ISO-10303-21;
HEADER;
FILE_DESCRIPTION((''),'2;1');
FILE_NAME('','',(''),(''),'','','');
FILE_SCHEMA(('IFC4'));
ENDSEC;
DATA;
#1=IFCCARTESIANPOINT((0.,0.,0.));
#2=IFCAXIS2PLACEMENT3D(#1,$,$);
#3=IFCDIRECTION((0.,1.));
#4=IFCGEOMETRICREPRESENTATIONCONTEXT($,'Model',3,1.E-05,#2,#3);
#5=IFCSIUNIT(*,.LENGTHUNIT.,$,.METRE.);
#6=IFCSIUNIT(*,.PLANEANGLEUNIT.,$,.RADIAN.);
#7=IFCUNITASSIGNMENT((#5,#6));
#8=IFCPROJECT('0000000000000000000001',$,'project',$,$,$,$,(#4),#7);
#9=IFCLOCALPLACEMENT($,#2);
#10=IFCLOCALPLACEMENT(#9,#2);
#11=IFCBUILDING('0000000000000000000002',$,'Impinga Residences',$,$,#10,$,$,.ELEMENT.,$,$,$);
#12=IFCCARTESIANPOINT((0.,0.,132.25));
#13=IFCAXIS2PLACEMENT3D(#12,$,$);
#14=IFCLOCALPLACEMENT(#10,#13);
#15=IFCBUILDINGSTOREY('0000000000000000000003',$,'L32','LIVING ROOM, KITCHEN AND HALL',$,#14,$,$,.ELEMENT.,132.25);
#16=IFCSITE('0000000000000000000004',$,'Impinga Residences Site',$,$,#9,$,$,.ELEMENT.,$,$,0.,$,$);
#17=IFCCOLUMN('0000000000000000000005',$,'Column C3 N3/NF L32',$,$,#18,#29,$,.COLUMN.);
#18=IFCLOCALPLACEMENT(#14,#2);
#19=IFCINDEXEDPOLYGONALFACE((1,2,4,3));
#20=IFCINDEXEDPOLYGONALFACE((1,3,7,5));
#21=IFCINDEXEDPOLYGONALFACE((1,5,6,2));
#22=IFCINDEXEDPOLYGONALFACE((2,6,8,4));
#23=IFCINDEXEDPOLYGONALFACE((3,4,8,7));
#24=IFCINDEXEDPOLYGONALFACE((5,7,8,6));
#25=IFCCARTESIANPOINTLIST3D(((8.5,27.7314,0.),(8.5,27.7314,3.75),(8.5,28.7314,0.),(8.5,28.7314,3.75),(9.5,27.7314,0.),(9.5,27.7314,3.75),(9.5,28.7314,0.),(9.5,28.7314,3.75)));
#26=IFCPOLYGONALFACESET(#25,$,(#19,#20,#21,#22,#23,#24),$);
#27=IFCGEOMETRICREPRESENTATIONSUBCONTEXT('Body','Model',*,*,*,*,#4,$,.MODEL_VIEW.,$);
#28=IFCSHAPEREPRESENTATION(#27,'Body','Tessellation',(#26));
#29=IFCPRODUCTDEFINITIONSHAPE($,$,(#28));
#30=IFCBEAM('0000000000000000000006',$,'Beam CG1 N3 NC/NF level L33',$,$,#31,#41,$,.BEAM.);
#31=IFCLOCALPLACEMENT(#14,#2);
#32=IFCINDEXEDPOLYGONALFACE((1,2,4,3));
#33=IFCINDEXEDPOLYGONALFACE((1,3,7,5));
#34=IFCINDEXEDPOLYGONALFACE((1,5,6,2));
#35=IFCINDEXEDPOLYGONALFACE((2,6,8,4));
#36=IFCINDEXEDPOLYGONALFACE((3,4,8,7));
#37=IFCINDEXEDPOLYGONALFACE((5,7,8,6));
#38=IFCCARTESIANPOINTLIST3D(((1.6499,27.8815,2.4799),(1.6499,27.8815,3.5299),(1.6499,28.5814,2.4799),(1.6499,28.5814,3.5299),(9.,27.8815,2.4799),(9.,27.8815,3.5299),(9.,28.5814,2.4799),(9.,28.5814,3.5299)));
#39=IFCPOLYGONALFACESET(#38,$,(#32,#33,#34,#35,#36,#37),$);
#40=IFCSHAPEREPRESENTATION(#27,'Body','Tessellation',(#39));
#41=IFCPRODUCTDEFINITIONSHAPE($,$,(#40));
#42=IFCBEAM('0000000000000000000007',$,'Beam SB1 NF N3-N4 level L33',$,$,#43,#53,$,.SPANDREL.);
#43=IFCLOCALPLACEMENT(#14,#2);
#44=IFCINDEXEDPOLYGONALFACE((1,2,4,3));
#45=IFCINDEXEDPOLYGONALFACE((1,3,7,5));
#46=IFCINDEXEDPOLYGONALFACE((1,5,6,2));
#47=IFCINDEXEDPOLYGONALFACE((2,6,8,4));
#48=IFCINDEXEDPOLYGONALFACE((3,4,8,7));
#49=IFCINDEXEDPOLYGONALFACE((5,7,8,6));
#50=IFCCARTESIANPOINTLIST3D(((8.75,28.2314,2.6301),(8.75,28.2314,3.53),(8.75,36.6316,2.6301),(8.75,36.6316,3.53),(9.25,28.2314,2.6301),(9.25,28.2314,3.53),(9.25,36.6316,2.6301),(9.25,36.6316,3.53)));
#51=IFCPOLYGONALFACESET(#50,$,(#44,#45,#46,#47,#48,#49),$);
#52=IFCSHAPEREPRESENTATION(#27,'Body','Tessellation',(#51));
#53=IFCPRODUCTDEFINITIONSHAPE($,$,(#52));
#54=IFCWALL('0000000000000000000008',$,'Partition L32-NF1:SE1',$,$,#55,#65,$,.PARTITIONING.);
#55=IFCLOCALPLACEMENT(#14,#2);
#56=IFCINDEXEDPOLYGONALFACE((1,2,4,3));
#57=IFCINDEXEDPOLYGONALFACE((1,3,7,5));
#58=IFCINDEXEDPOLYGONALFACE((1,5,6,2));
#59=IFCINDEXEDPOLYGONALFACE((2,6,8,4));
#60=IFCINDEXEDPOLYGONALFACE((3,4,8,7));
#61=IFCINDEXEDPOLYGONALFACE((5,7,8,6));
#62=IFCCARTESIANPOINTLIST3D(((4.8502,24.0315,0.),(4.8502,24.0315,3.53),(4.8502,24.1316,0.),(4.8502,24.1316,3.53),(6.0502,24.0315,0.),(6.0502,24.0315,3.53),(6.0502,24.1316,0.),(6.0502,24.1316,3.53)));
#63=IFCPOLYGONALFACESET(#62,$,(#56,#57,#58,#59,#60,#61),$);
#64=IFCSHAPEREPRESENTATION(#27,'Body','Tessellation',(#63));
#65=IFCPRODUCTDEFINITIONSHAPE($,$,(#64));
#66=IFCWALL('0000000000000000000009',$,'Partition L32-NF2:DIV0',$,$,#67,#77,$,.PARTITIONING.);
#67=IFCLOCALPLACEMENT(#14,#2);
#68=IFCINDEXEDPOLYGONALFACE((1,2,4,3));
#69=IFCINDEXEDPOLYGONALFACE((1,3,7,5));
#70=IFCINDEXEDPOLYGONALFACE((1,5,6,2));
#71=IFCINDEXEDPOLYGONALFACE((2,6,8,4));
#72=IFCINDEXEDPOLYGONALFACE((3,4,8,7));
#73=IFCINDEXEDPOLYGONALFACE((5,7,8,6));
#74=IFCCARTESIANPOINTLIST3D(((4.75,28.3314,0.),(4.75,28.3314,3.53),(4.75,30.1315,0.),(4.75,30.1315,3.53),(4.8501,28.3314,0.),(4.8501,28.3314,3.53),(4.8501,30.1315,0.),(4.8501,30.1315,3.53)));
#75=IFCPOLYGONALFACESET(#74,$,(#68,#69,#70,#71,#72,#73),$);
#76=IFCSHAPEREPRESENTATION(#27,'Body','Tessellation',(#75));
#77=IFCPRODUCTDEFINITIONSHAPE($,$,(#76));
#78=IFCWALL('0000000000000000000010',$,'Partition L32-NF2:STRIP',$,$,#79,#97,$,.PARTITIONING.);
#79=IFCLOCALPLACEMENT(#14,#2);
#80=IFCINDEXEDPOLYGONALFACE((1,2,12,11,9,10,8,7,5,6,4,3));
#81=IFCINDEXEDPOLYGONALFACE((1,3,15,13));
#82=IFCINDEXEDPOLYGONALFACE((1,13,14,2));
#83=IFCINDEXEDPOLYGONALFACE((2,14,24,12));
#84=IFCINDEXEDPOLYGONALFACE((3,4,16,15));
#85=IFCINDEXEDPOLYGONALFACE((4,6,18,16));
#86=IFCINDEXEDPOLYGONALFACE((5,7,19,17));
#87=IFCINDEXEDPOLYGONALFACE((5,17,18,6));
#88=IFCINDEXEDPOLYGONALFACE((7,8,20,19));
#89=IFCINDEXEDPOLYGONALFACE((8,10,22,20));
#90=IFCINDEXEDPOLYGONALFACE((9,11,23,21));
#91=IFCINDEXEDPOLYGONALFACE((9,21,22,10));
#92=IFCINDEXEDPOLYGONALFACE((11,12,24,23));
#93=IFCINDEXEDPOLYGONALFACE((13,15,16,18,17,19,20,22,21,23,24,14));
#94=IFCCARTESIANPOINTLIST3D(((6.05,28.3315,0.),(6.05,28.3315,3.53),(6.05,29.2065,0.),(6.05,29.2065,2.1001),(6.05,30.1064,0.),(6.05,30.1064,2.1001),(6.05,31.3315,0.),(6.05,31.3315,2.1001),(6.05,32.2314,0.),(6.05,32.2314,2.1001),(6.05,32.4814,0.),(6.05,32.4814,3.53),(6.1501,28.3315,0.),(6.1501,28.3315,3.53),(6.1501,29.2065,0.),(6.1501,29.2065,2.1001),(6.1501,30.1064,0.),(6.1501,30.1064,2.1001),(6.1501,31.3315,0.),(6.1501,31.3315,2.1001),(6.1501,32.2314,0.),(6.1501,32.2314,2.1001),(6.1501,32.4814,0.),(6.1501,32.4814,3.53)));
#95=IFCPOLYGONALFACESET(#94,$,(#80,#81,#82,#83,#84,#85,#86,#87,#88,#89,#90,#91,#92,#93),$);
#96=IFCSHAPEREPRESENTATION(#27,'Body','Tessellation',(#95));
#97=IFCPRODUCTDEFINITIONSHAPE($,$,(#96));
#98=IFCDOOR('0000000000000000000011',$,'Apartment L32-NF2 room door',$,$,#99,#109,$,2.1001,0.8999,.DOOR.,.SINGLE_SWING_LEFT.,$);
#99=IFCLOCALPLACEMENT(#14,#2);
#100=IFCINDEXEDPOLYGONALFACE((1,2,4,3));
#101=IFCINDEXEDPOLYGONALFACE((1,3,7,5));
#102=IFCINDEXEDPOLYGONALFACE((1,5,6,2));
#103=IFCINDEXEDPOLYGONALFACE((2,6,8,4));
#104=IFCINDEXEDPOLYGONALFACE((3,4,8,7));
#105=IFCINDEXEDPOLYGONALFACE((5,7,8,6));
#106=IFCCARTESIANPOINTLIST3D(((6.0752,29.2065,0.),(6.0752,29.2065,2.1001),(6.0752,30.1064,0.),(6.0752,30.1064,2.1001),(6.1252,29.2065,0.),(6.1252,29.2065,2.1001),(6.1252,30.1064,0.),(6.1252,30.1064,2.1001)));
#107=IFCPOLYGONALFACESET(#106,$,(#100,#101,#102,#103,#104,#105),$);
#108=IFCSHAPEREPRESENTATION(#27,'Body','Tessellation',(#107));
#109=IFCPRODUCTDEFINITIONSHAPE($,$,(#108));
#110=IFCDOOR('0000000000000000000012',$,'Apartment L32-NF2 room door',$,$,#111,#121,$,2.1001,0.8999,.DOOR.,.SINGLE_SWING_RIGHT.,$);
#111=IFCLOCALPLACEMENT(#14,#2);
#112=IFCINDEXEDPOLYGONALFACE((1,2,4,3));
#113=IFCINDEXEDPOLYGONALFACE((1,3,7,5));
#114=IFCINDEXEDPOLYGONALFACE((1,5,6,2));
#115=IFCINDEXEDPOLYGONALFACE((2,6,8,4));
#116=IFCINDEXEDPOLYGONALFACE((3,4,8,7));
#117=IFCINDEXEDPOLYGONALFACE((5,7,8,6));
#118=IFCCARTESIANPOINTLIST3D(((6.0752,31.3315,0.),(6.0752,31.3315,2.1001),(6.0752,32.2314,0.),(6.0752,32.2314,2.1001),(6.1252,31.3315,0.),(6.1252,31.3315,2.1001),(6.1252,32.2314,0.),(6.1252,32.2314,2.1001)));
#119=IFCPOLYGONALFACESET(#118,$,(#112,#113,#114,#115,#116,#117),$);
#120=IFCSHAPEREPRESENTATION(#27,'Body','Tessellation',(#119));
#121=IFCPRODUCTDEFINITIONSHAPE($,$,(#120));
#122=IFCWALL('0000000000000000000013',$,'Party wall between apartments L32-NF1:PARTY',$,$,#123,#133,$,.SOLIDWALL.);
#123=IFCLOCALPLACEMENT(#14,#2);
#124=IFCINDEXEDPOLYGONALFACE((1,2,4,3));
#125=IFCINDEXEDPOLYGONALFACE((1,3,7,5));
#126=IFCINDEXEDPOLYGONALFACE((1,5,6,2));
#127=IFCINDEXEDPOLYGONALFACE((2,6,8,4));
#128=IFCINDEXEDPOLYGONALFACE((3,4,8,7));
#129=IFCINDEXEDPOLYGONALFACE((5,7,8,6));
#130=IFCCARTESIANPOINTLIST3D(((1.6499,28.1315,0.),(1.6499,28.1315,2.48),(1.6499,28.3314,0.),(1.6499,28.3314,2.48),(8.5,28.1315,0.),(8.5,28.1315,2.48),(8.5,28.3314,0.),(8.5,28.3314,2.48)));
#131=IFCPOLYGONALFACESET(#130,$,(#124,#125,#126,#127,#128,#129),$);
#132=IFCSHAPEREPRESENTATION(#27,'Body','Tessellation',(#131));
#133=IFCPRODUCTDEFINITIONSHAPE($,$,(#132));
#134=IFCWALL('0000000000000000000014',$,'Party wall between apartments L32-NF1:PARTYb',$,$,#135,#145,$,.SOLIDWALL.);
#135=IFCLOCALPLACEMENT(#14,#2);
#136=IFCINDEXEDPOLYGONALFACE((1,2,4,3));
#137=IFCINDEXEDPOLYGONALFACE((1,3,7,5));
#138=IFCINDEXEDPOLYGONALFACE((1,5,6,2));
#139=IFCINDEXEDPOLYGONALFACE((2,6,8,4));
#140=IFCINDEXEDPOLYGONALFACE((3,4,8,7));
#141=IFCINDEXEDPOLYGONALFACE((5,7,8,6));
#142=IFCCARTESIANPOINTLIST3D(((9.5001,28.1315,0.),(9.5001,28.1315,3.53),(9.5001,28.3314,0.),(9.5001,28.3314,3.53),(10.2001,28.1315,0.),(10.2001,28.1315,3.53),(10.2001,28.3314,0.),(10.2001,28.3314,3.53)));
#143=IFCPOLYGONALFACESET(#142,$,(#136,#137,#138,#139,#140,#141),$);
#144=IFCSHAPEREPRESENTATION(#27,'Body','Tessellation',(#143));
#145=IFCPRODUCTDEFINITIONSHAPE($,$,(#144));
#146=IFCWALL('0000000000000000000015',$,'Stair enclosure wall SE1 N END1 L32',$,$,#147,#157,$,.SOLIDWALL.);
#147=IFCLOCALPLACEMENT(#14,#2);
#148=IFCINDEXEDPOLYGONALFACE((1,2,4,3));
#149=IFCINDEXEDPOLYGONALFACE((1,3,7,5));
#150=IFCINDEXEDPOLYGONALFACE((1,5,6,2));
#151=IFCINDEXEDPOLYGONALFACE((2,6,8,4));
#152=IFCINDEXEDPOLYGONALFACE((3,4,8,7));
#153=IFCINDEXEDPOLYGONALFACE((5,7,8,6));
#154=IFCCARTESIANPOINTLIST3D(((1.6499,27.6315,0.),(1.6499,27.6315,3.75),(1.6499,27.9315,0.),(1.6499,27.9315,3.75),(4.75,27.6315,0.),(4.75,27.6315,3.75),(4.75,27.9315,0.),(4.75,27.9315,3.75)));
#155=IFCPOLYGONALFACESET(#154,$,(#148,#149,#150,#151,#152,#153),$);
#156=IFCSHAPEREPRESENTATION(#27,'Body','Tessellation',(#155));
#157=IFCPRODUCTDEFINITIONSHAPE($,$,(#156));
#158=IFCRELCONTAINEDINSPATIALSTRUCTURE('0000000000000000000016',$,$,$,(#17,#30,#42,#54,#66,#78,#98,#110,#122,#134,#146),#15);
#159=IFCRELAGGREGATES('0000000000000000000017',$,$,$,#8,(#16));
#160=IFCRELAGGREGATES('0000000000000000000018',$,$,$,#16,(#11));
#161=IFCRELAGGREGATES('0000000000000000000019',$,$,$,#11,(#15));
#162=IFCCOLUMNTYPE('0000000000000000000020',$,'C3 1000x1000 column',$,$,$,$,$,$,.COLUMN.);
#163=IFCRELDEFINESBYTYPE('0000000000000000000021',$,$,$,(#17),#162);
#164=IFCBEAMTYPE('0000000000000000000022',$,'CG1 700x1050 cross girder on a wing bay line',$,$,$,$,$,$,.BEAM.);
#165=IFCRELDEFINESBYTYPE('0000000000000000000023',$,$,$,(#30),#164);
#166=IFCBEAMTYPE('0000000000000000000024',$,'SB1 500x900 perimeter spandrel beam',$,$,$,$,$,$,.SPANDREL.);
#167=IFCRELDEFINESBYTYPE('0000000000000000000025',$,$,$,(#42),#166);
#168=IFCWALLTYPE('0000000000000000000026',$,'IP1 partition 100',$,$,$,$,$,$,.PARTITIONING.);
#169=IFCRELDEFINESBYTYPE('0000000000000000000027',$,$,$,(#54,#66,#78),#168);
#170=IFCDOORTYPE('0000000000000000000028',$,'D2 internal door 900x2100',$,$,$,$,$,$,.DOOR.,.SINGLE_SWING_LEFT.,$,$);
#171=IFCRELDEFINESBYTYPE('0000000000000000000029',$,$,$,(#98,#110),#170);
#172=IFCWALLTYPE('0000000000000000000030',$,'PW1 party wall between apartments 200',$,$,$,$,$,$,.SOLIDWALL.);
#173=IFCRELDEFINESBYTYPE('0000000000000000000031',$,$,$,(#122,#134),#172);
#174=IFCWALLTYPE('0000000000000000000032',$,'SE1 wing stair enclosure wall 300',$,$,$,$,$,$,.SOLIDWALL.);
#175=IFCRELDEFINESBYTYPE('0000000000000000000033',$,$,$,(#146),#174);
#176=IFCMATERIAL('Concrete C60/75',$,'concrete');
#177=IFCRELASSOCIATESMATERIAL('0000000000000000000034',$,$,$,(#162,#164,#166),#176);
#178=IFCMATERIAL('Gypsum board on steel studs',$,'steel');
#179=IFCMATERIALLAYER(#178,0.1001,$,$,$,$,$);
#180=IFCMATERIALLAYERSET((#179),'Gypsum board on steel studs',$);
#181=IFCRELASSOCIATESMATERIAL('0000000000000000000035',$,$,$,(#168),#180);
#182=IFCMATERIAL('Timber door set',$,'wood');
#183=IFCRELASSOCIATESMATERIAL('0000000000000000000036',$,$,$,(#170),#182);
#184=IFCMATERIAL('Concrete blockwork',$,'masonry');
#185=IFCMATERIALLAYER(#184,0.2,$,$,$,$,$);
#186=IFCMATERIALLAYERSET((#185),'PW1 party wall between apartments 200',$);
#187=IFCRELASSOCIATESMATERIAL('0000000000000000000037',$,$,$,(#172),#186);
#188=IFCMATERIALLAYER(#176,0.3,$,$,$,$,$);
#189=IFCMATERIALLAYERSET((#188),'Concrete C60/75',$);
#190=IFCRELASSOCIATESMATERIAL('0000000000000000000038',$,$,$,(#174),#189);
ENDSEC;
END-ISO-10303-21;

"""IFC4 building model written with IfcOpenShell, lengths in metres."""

from ifc_helpers import new_model, si_unit, direction, frame, frame_2d, origin, origin_2d, place, context, subcontext, project, spatial, rectangle, extrude, material, layer, layer_set, material_profile, profile_set, type_object, element, fill, save


model = new_model("IFC4")

# Units and contexts
model_context = context("Model", 3, precision=1e-05, world=origin(), true_north=direction((0.0, 1.0)))
body_context = subcontext(model_context, "Body", "Model", "MODEL_VIEW")
ifc_project = project(units=[si_unit("LENGTHUNIT", "METRE"), si_unit("PLANEANGLEUNIT", "RADIAN")], contexts=[model_context])

# Site, building, storey
site_placement = place(None, origin())
site = spatial("IfcSite", under=ifc_project, at=site_placement, Name="Impinga Residences Site", CompositionType="ELEMENT", RefElevation=0.0)
building_placement = place(site_placement, origin())
building = spatial("IfcBuilding", under=site, at=building_placement, Name="Impinga Residences", CompositionType="ELEMENT")
storey_placement = place(building_placement, frame((0.0, 0.0, 132.25)))
storey = spatial("IfcBuildingStorey", under=building, at=storey_placement, Name="L32", Description="LIVING ROOM, KITCHEN AND HALL", CompositionType="ELEMENT", Elevation=132.25)

# Column
ifc_material_1 = material(Name="Concrete C60/75", Category="concrete")
ifc_material_profile_1 = material_profile(ifc_material_1, rectangle(XDim=1.0, YDim=1.0, at=origin_2d()), Name="RC 1000x1000")
ifc_profile_set_1 = profile_set([ifc_material_profile_1], Name="Concrete C60/75")
column_type = type_object("IfcColumnType", Name="C3 1000x1000 column", PredefinedType="COLUMN", material=ifc_profile_set_1)
column_placement = place(storey_placement, frame((9.0, 28.2314, 0.0), z_axis=(0.0, 0.0, 1.0), x_axis=(1.0, 0.0, 0.0)))
element("IfcColumn", 1, at=column_placement, inside=storey, type_object=column_type, Name="Column C3 N3/NF L32", PredefinedType="COLUMN", context=body_context, shape_type="SweptSolid", body=[
    extrude(rectangle(XDim=1.0, YDim=1.0, at=origin_2d()), origin(), (0.0, 0.0, 1.0), 3.75),
])

# Beams
ifc_material_profile_2 = material_profile(ifc_material_1, rectangle(XDim=0.7, YDim=1.05, at=origin_2d()), Name="RC 700x1050")
ifc_profile_set_2 = profile_set([ifc_material_profile_2], Name="Concrete C60/75")
beam_type_1 = type_object("IfcBeamType", Name="CG1 700x1050 cross girder on a wing bay line", PredefinedType="BEAM", material=ifc_profile_set_2)
beam_1_placement = place(storey_placement, frame((1.6499, 28.2314, 3.0049), z_axis=(1.0, 0.0, 0.0), x_axis=(0.0, 1.0, 0.0)))
element("IfcBeam", 2, at=beam_1_placement, inside=storey, type_object=beam_type_1, Name="Beam CG1 N3 NC/NF level L33", PredefinedType="BEAM", context=body_context, shape_type="SweptSolid", body=[
    extrude(rectangle(XDim=0.7, YDim=1.05, at=origin_2d()), origin(), (0.0, 0.0, 1.0), 7.3501),
])
ifc_material_profile_3 = material_profile(ifc_material_1, rectangle(XDim=0.5, YDim=0.8999, at=origin_2d()), Name="RC 500x900")
ifc_profile_set_3 = profile_set([ifc_material_profile_3], Name="Concrete C60/75")
beam_type_2 = type_object("IfcBeamType", Name="SB1 500x900 perimeter spandrel beam", PredefinedType="SPANDREL", material=ifc_profile_set_3)
beam_2_placement = place(storey_placement, frame((9.0, 28.2314, 3.0801), z_axis=(0.0, 1.0, 0.0), x_axis=(-1.0, 0.0, 0.0)))
element("IfcBeam", 3, at=beam_2_placement, inside=storey, type_object=beam_type_2, Name="Beam SB1 NF N3-N4 level L33", PredefinedType="SPANDREL", context=body_context, shape_type="SweptSolid", body=[
    extrude(rectangle(XDim=0.5, YDim=0.8999, at=origin_2d()), origin(), (0.0, 0.0, 1.0), 8.4001),
])

# Walls
ifc_material_2 = material(Name="Gypsum board on steel studs", Category="steel")
ifc_layer_1 = layer(ifc_material_2, 0.1001)
ifc_layer_set_1 = layer_set([ifc_layer_1], Name="Gypsum board on steel studs")
wall_type_1 = type_object("IfcWallType", Name="IP1 partition 100", PredefinedType="PARTITIONING", material=ifc_layer_set_1)
wall_1_placement = place(storey_placement, frame((4.8501, 24.0815, 0.0), z_axis=(0.0, 0.0, 1.0), x_axis=(1.0, 0.0, 0.0)))
element("IfcWall", 4, at=wall_1_placement, inside=storey, type_object=wall_type_1, Name="Partition L32-NF1:SE1", PredefinedType="PARTITIONING", context=body_context, shape_type="SweptSolid", body=[
    extrude(rectangle(XDim=1.2, YDim=0.1001, at=frame_2d((0.6001, 0.0))), origin(), (0.0, 0.0, 1.0), 3.53),
])
wall_2_placement = place(storey_placement, frame((4.8, 28.3315, 0.0), z_axis=(0.0, 0.0, 1.0), x_axis=(0.0, 1.0, 0.0)))
element("IfcWall", 5, at=wall_2_placement, inside=storey, type_object=wall_type_1, Name="Partition L32-NF2:DIV0", PredefinedType="PARTITIONING", context=body_context, shape_type="SweptSolid", body=[
    extrude(rectangle(XDim=1.8, YDim=0.1001, at=frame_2d((0.8999, 0.0))), origin(), (0.0, 0.0, 1.0), 3.53),
])

# Wall, openings, doors
wall_3_placement = place(storey_placement, frame((6.1001, 28.3315, 0.0), z_axis=(0.0, 0.0, 1.0), x_axis=(0.0, 1.0, 0.0)))
wall_3 = element("IfcWall", 6, at=wall_3_placement, inside=storey, type_object=wall_type_1, Name="Partition L32-NF2:STRIP", PredefinedType="PARTITIONING", context=body_context, shape_type="SweptSolid", body=[
    extrude(rectangle(XDim=4.1499, YDim=0.1001, at=frame_2d((2.075, 0.0))), origin(), (0.0, 0.0, 1.0), 3.53),
])
opening_1_placement = place(wall_3_placement, frame((0.875, 0.0, 0.0)))
opening_1 = element("IfcOpeningElement", 7, at=opening_1_placement, cuts=wall_3, PredefinedType="OPENING", context=body_context, shape_type="SweptSolid", body=[
    extrude(rectangle(XDim=0.8999, YDim=2.1001, at=frame_2d((0.45, 1.05))), frame((0.0, 0.0601, 0.0), z_axis=(0.0, -1.0, 0.0), x_axis=(1.0, 0.0, 0.0)), (0.0, 0.0, 1.0), 0.1201),
])
opening_2_placement = place(wall_3_placement, frame((3.0, 0.0, 0.0)))
opening_2 = element("IfcOpeningElement", 8, at=opening_2_placement, cuts=wall_3, PredefinedType="OPENING", context=body_context, shape_type="SweptSolid", body=[
    extrude(rectangle(XDim=0.8999, YDim=2.1001, at=frame_2d((0.45, 1.05))), frame((0.0, 0.0601, 0.0), z_axis=(0.0, -1.0, 0.0), x_axis=(1.0, 0.0, 0.0)), (0.0, 0.0, 1.0), 0.1201),
])
ifc_material_3 = material(Name="Timber door set", Category="wood")
door_type = type_object("IfcDoorType", Name="D2 internal door 900x2100", OperationType="SINGLE_SWING_LEFT", PredefinedType="DOOR", material=ifc_material_3)
door_1_placement = place(opening_1_placement, origin())
door_1 = element("IfcDoor", 9, at=door_1_placement, inside=storey, type_object=door_type, Name="Apartment L32-NF2 room door", OperationType="SINGLE_SWING_LEFT", OverallHeight=2.1001, OverallWidth=0.8999, PredefinedType="DOOR", context=body_context, shape_type="SweptSolid", body=[
    extrude(rectangle(XDim=0.8999, YDim=2.1001, at=frame_2d((0.45, 1.05))), frame((0.0, 0.0249, 0.0), z_axis=(0.0, -1.0, 0.0), x_axis=(1.0, 0.0, 0.0)), (0.0, 0.0, 1.0), 0.05),
])
fill(opening_1, door_1)
door_2_placement = place(opening_2_placement, origin())
door_2 = element("IfcDoor", 10, at=door_2_placement, inside=storey, type_object=door_type, Name="Apartment L32-NF2 room door", OperationType="SINGLE_SWING_RIGHT", OverallHeight=2.1001, OverallWidth=0.8999, PredefinedType="DOOR", context=body_context, shape_type="SweptSolid", body=[
    extrude(rectangle(XDim=0.8999, YDim=2.1001, at=frame_2d((0.45, 1.05))), frame((0.0, 0.0249, 0.0), z_axis=(0.0, -1.0, 0.0), x_axis=(1.0, 0.0, 0.0)), (0.0, 0.0, 1.0), 0.05),
])
fill(opening_2, door_2)

# Walls
ifc_material_4 = material(Name="Concrete blockwork", Category="masonry")
ifc_layer_2 = layer(ifc_material_4, 0.2)
ifc_layer_set_2 = layer_set([ifc_layer_2], Name="PW1 party wall between apartments 200")
wall_type_2 = type_object("IfcWallType", Name="PW1 party wall between apartments 200", PredefinedType="SOLIDWALL", material=ifc_layer_set_2)
wall_4_placement = place(storey_placement, frame((1.6499, 28.2314, 0.0), z_axis=(0.0, 0.0, 1.0), x_axis=(1.0, 0.0, 0.0)))
element("IfcWall", 11, at=wall_4_placement, inside=storey, type_object=wall_type_2, Name="Party wall between apartments L32-NF1:PARTY", PredefinedType="SOLIDWALL", context=body_context, shape_type="SweptSolid", body=[
    extrude(rectangle(XDim=6.8501, YDim=0.2, at=frame_2d((3.425, 0.0))), origin(), (0.0, 0.0, 1.0), 2.48),
])
wall_5_placement = place(storey_placement, frame((9.5, 28.2314, 0.0), z_axis=(0.0, 0.0, 1.0), x_axis=(1.0, 0.0, 0.0)))
element("IfcWall", 12, at=wall_5_placement, inside=storey, type_object=wall_type_2, Name="Party wall between apartments L32-NF1:PARTYb", PredefinedType="SOLIDWALL", context=body_context, shape_type="SweptSolid", body=[
    extrude(rectangle(XDim=0.7, YDim=0.2, at=frame_2d((0.3501, 0.0))), origin(), (0.0, 0.0, 1.0), 3.53),
])
ifc_layer_3 = layer(ifc_material_1, 0.3)
ifc_layer_set_3 = layer_set([ifc_layer_3], Name="Concrete C60/75")
wall_type_3 = type_object("IfcWallType", Name="SE1 wing stair enclosure wall 300", PredefinedType="SOLIDWALL", material=ifc_layer_set_3)
wall_6_placement = place(storey_placement, frame((1.6499, 27.7815, 0.0), z_axis=(0.0, 0.0, 1.0), x_axis=(1.0, 0.0, 0.0)))
element("IfcWall", 13, at=wall_6_placement, inside=storey, type_object=wall_type_3, Name="Stair enclosure wall SE1 N END1 L32", PredefinedType="SOLIDWALL", context=body_context, shape_type="SweptSolid", body=[
    extrude(rectangle(XDim=3.1001, YDim=0.3, at=frame_2d((1.55, 0.0))), origin(), (0.0, 0.0, 1.0), 3.75),
])

save(model, "model.ifc")
